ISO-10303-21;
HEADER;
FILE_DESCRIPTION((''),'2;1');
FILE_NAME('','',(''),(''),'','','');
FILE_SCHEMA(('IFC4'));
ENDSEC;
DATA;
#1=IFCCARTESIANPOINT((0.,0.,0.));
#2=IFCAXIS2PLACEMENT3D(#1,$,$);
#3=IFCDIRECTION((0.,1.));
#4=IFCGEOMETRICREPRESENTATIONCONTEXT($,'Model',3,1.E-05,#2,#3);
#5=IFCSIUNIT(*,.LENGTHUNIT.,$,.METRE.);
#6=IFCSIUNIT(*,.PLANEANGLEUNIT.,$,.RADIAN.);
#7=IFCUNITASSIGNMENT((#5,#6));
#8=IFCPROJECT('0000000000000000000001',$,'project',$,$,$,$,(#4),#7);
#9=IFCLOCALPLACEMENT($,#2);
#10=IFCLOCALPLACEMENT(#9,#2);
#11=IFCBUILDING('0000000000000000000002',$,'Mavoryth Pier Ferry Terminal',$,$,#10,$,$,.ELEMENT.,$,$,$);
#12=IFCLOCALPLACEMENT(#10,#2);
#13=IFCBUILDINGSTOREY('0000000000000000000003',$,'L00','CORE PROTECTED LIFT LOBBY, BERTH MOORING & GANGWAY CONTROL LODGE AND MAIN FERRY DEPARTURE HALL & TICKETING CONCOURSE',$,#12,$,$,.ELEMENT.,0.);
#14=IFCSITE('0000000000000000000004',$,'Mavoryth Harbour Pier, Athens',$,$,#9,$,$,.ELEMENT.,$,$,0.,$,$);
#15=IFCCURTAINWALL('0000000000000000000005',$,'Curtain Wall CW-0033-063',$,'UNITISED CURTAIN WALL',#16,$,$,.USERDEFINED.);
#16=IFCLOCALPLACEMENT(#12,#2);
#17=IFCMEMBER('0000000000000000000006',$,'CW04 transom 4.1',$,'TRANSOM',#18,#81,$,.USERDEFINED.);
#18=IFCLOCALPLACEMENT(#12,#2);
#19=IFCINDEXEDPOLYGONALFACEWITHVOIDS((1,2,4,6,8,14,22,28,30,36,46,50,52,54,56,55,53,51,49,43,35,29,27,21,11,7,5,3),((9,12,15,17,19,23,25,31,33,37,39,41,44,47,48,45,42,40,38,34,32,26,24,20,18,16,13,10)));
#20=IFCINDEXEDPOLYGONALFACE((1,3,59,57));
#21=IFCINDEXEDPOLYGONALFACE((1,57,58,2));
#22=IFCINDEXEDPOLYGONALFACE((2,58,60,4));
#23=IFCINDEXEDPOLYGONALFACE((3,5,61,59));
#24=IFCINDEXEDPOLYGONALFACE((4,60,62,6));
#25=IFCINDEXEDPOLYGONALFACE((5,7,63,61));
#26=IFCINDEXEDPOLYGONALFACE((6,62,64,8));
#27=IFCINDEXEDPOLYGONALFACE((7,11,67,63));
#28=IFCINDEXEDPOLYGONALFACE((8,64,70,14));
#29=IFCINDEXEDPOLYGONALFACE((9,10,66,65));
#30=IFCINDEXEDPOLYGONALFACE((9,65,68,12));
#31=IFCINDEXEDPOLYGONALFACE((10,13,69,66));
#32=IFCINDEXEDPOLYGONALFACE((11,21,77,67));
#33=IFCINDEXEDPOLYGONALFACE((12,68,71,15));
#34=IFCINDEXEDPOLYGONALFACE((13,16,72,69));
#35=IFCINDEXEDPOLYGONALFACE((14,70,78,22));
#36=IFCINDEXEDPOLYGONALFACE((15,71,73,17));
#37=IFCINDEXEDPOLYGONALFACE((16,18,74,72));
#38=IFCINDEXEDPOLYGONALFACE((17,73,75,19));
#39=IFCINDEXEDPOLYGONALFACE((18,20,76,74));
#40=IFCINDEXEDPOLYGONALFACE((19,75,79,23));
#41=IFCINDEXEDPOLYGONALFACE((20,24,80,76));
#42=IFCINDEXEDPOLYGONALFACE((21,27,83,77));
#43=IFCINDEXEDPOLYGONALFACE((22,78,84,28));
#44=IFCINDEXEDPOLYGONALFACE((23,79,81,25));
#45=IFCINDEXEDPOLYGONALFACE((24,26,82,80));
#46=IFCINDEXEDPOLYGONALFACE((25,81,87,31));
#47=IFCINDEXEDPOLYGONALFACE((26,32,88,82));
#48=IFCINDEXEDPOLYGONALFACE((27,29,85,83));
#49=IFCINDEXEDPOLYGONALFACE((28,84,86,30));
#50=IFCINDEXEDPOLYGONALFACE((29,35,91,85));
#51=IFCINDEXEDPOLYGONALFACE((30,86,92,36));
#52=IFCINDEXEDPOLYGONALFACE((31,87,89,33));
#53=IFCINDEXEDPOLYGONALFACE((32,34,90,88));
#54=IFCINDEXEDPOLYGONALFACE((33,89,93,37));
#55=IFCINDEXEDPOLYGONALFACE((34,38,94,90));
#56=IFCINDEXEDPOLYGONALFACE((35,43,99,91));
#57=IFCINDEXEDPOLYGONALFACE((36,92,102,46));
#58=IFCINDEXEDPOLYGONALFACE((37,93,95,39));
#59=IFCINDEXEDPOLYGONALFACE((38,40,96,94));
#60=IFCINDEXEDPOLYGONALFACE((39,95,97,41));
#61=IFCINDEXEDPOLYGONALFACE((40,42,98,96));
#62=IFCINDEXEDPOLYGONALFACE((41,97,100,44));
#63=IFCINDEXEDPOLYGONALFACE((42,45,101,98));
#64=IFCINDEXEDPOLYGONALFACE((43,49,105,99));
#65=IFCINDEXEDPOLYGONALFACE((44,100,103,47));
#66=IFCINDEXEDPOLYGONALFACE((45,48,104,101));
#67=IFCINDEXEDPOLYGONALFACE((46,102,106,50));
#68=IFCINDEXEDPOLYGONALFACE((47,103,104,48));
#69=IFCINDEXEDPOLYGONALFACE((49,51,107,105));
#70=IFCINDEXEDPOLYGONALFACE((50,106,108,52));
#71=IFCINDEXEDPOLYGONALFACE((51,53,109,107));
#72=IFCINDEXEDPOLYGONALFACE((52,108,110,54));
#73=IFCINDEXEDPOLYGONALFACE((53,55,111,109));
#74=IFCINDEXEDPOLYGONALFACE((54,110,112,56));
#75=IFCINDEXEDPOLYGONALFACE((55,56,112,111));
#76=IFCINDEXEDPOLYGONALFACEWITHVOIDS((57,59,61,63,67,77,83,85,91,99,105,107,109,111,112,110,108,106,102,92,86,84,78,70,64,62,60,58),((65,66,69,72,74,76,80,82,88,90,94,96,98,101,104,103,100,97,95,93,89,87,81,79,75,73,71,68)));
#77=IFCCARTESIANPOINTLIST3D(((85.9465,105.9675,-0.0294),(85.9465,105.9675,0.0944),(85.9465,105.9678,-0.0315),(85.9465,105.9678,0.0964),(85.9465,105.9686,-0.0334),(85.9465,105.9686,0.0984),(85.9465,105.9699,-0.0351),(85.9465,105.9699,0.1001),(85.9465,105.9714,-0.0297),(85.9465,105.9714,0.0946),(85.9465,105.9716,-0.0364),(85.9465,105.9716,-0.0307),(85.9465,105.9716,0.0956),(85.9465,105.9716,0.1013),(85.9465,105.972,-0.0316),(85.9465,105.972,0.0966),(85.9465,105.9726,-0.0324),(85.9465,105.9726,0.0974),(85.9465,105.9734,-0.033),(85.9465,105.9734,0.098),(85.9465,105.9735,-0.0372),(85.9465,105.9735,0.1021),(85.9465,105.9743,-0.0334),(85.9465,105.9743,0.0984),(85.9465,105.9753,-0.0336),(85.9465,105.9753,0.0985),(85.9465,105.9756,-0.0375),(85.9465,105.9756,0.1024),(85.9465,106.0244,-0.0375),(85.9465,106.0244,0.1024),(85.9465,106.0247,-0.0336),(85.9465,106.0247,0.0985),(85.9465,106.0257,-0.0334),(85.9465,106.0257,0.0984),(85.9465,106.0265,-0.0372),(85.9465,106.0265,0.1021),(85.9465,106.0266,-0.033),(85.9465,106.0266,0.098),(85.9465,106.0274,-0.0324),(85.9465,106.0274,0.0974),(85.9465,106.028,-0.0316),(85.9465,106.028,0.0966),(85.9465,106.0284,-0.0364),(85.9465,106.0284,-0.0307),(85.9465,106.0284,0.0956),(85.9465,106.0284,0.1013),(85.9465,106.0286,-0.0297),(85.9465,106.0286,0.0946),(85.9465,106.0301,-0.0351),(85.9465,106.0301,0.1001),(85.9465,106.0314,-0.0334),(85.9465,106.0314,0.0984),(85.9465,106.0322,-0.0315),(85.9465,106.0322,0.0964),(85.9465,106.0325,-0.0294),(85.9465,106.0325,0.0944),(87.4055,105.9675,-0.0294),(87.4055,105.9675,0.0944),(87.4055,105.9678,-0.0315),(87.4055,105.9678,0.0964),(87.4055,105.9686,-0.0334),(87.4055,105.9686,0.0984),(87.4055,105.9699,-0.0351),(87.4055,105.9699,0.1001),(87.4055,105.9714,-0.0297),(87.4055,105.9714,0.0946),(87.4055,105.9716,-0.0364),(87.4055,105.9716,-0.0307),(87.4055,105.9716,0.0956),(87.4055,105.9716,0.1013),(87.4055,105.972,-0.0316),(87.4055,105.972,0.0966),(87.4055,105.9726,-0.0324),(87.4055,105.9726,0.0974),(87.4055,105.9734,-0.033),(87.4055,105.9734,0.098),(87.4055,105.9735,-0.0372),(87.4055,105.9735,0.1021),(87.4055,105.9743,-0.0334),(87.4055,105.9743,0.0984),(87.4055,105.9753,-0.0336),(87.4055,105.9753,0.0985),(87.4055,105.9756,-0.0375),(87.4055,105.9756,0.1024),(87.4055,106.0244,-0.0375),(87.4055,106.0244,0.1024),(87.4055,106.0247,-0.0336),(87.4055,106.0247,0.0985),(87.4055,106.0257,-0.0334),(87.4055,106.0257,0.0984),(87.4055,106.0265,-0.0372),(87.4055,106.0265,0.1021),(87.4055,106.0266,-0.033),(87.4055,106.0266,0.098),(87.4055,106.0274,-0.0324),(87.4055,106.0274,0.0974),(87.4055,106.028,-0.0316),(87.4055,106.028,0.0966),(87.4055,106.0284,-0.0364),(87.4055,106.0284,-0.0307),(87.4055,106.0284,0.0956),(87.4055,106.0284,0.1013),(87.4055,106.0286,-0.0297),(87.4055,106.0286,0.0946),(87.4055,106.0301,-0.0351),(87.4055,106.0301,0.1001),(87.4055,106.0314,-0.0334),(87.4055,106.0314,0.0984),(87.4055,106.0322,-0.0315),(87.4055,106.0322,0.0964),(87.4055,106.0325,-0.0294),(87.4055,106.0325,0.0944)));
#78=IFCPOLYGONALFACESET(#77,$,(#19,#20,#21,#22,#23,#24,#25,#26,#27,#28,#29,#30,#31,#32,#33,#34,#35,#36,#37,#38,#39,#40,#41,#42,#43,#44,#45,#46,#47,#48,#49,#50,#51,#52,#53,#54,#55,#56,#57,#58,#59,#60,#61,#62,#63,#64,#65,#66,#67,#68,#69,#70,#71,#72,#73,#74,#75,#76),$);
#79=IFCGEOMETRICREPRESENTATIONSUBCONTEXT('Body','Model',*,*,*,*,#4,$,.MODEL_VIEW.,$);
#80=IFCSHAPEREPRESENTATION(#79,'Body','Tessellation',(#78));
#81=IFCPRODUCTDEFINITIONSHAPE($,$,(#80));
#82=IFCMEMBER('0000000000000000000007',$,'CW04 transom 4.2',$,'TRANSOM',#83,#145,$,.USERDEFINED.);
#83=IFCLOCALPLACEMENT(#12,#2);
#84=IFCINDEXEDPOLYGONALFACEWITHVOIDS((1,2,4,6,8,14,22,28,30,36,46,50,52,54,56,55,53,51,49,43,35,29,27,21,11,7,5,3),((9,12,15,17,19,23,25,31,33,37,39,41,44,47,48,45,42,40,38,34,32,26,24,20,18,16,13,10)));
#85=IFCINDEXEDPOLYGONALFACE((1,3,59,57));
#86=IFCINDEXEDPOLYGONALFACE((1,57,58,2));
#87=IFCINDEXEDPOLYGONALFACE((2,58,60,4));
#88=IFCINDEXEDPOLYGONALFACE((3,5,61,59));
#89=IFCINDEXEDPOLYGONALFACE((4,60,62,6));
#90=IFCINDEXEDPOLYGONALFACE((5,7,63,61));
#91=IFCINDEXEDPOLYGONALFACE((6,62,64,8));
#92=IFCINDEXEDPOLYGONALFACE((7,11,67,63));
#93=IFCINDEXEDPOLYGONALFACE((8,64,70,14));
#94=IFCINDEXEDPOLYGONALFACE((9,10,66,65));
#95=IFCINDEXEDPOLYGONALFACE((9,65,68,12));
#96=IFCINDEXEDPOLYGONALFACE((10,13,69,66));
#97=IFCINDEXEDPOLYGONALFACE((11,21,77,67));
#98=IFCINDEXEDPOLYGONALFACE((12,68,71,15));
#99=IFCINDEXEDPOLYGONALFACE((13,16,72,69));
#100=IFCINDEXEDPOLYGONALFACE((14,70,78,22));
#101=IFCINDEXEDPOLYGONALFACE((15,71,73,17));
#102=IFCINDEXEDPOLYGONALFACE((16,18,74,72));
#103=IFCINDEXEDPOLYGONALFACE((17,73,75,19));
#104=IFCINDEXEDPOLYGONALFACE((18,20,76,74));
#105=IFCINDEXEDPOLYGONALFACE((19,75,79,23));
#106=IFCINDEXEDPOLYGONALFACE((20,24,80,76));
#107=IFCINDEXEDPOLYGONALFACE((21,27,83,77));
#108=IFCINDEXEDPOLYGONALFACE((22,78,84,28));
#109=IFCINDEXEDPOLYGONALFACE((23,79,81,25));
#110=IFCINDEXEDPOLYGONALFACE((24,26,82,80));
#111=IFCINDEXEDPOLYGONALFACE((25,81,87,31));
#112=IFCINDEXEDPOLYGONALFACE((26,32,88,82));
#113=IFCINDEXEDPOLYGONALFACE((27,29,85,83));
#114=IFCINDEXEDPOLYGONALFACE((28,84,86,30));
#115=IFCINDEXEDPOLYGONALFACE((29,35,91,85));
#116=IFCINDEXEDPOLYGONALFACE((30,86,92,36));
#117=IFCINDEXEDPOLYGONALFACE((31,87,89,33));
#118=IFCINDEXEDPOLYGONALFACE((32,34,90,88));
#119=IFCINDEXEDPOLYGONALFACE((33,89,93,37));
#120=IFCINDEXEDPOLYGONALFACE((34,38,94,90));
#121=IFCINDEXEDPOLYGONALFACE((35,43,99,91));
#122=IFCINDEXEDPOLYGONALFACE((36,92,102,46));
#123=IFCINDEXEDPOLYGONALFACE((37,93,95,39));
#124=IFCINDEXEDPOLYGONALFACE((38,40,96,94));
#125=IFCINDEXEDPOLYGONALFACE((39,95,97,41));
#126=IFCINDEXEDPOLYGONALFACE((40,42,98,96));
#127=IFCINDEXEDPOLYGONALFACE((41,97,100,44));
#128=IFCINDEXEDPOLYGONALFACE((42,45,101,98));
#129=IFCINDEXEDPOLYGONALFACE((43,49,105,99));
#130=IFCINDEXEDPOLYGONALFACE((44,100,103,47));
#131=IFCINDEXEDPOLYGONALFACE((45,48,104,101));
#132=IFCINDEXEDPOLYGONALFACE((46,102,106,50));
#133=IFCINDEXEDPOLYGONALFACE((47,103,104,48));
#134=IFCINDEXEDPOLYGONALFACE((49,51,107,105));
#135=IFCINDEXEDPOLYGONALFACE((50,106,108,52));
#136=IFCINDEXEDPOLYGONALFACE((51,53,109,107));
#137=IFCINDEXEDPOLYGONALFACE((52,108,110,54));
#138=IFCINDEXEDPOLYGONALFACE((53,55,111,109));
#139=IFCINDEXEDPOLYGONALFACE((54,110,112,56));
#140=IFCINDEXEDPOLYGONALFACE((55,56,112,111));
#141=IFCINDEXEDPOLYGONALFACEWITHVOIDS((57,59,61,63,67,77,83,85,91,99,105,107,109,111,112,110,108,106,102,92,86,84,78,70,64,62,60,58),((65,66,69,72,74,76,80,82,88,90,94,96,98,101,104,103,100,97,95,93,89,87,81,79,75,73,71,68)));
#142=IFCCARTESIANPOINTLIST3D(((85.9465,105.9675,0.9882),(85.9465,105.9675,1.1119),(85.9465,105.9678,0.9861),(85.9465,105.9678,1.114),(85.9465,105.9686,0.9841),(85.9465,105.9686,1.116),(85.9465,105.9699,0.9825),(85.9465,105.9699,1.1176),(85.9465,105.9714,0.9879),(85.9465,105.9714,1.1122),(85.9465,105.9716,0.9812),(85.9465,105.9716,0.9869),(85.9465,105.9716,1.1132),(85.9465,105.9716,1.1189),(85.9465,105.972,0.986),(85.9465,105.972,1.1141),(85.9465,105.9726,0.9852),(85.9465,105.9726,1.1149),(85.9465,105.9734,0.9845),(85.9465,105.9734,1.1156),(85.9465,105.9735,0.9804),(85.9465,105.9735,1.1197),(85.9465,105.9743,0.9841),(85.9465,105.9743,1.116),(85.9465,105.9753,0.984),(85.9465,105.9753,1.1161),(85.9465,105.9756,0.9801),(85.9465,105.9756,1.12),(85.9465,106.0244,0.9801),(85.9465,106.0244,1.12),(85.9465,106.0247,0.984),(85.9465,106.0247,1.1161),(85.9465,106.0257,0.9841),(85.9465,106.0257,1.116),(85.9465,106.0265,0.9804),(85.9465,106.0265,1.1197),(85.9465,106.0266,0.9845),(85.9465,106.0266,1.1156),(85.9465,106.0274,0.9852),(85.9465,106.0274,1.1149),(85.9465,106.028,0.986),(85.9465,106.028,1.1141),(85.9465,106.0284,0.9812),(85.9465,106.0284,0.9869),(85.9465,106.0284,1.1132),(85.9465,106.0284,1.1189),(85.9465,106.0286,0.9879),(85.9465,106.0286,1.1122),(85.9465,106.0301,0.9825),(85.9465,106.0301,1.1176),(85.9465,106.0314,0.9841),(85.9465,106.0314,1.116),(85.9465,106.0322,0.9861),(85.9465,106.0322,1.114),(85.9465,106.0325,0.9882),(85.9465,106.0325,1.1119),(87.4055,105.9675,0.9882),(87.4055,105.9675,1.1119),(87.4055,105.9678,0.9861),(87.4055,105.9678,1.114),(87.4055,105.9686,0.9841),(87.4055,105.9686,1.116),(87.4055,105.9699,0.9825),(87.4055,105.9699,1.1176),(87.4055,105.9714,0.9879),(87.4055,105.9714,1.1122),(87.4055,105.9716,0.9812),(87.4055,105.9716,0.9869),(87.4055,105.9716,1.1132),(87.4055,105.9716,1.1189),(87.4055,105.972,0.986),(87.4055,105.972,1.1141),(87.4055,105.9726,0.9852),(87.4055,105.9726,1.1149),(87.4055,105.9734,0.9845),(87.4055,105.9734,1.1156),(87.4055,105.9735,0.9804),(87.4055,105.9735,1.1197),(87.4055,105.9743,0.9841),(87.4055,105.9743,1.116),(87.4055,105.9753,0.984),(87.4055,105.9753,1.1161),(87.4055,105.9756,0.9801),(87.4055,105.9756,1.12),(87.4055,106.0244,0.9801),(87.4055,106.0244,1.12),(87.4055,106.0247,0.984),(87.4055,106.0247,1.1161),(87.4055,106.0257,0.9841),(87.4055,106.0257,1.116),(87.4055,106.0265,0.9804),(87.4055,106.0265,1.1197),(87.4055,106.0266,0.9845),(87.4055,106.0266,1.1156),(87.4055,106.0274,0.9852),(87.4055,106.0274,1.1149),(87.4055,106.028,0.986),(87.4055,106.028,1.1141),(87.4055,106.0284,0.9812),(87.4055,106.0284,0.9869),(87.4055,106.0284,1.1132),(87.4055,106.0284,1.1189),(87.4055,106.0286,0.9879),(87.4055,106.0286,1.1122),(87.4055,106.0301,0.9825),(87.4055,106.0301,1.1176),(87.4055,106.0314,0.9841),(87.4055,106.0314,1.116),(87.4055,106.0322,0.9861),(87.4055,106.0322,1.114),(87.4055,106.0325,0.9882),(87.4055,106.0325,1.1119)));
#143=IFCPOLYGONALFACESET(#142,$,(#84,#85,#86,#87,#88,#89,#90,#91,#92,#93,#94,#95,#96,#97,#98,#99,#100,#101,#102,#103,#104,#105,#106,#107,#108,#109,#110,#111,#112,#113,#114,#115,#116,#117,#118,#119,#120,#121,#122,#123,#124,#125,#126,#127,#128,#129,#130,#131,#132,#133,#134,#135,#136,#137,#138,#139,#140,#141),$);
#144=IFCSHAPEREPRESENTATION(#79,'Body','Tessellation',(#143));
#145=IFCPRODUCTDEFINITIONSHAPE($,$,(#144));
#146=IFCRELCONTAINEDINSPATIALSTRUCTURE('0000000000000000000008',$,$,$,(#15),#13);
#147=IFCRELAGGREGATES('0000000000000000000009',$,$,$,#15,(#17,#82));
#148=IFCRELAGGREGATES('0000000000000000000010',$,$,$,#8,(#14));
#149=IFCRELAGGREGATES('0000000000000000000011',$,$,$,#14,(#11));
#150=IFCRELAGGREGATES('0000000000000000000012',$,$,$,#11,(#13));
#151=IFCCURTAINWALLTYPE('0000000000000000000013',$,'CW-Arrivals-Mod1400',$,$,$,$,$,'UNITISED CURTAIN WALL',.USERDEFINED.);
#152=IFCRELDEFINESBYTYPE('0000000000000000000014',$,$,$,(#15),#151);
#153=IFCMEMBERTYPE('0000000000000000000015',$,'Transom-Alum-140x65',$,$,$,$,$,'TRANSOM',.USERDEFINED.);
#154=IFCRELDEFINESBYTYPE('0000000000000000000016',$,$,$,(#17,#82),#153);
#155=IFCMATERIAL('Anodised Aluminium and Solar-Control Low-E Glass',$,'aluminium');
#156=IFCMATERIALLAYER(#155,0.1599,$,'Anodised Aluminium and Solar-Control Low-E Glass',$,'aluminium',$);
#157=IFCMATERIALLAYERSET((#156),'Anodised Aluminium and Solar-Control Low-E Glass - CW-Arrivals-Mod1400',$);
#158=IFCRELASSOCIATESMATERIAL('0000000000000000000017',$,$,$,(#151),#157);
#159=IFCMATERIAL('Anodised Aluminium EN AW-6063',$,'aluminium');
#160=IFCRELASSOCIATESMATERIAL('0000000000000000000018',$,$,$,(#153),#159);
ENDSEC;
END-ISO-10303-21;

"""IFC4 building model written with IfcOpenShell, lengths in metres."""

from ifc_helpers import new_model, si_unit, direction, frame, origin, origin_2d, place, context, subcontext, project, spatial, hollow_rectangle, extrude, material, layer, layer_set, material_profile, profile_set, type_object, element, aggregate, save


model = new_model("IFC4")

# Units and contexts
model_context = context("Model", 3, precision=1e-05, world=origin(), true_north=direction((0.0, 1.0)))
body_context = subcontext(model_context, "Body", "Model", "MODEL_VIEW")
ifc_project = project(units=[si_unit("LENGTHUNIT", "METRE"), si_unit("PLANEANGLEUNIT", "RADIAN")], contexts=[model_context])

# Site, building, storey
site_placement = place(None, origin())
site = spatial("IfcSite", under=ifc_project, at=site_placement, Name="Mavoryth Harbour Pier, Athens", CompositionType="ELEMENT", RefElevation=0.0)
building_placement = place(site_placement, origin())
building = spatial("IfcBuilding", under=site, at=building_placement, Name="Mavoryth Pier Ferry Terminal", CompositionType="ELEMENT")
storey_placement = place(building_placement, origin())
storey = spatial("IfcBuildingStorey", under=building, at=storey_placement, Name="L00", Description="CORE PROTECTED LIFT LOBBY, BERTH MOORING & GANGWAY CONTROL LODGE AND MAIN FERRY DEPARTURE HALL & TICKETING CONCOURSE", CompositionType="ELEMENT", Elevation=0.0)

# Curtain wall, members
ifc_material_1 = material(Name="Anodised Aluminium and Solar-Control Low-E Glass", Category="aluminium")
ifc_layer_1 = layer(ifc_material_1, 0.1599, Name="Anodised Aluminium and Solar-Control Low-E Glass", Category="aluminium")
ifc_layer_set_1 = layer_set([ifc_layer_1], Name="Anodised Aluminium and Solar-Control Low-E Glass - CW-Arrivals-Mod1400")
curtain_wall_type = type_object("IfcCurtainWallType", Name="CW-Arrivals-Mod1400", ElementType="UNITISED CURTAIN WALL", PredefinedType="USERDEFINED", material=ifc_layer_set_1)
curtain_wall_placement = place(storey_placement, origin())
curtain_wall = element("IfcCurtainWall", 1, at=curtain_wall_placement, inside=storey, type_object=curtain_wall_type, Name="Curtain Wall CW-0033-063", ObjectType="UNITISED CURTAIN WALL", PredefinedType="USERDEFINED")
ifc_material_2 = material(Name="Anodised Aluminium EN AW-6063", Category="aluminium")
ifc_material_profile_1 = material_profile(ifc_material_2, hollow_rectangle(XDim=0.0649, YDim=0.1399, WallThickness=0.0039, InnerFilletRadius=0.0039, OuterFilletRadius=0.0081, at=origin_2d()), Name="AL-TRAN 140x65x4", Category="aluminium")
ifc_profile_set_1 = profile_set([ifc_material_profile_1], Name="Anodised Aluminium EN AW-6063 - AL-TRAN 140x65x4")
member_type_1 = type_object("IfcMemberType", Name="Transom-Alum-140x65", ElementType="TRANSOM", PredefinedType="USERDEFINED", material=ifc_profile_set_1)
member_1_placement = place(storey_placement, frame((87.4055, 106.0, 0.0325), z_axis=(-1.0, 0.0, 0.0), x_axis=(0.0, -1.0, 0.0)))
member_1 = element("IfcMember", 2, at=member_1_placement, type_object=member_type_1, Name="CW04 transom 4.1", ObjectType="TRANSOM", PredefinedType="USERDEFINED", context=body_context, shape_type="SweptSolid", body=[
    extrude(hollow_rectangle(XDim=0.0649, YDim=0.1399, WallThickness=0.0039, InnerFilletRadius=0.0039, OuterFilletRadius=0.0081, at=origin_2d()), origin(), (0.0, 0.0, 1.0), 1.459),
])
member_2_placement = place(storey_placement, frame((87.4055, 106.0, 1.05), z_axis=(-1.0, 0.0, 0.0), x_axis=(0.0, -1.0, 0.0)))
member_2 = element("IfcMember", 3, at=member_2_placement, type_object=member_type_1, Name="CW04 transom 4.2", ObjectType="TRANSOM", PredefinedType="USERDEFINED", context=body_context, shape_type="SweptSolid", body=[
    extrude(hollow_rectangle(XDim=0.0649, YDim=0.1399, WallThickness=0.0039, InnerFilletRadius=0.0039, OuterFilletRadius=0.0081, at=origin_2d()), origin(), (0.0, 0.0, 1.0), 1.459),
])
aggregate(curtain_wall, [member_1, member_2])

save(model, "model.ifc")
